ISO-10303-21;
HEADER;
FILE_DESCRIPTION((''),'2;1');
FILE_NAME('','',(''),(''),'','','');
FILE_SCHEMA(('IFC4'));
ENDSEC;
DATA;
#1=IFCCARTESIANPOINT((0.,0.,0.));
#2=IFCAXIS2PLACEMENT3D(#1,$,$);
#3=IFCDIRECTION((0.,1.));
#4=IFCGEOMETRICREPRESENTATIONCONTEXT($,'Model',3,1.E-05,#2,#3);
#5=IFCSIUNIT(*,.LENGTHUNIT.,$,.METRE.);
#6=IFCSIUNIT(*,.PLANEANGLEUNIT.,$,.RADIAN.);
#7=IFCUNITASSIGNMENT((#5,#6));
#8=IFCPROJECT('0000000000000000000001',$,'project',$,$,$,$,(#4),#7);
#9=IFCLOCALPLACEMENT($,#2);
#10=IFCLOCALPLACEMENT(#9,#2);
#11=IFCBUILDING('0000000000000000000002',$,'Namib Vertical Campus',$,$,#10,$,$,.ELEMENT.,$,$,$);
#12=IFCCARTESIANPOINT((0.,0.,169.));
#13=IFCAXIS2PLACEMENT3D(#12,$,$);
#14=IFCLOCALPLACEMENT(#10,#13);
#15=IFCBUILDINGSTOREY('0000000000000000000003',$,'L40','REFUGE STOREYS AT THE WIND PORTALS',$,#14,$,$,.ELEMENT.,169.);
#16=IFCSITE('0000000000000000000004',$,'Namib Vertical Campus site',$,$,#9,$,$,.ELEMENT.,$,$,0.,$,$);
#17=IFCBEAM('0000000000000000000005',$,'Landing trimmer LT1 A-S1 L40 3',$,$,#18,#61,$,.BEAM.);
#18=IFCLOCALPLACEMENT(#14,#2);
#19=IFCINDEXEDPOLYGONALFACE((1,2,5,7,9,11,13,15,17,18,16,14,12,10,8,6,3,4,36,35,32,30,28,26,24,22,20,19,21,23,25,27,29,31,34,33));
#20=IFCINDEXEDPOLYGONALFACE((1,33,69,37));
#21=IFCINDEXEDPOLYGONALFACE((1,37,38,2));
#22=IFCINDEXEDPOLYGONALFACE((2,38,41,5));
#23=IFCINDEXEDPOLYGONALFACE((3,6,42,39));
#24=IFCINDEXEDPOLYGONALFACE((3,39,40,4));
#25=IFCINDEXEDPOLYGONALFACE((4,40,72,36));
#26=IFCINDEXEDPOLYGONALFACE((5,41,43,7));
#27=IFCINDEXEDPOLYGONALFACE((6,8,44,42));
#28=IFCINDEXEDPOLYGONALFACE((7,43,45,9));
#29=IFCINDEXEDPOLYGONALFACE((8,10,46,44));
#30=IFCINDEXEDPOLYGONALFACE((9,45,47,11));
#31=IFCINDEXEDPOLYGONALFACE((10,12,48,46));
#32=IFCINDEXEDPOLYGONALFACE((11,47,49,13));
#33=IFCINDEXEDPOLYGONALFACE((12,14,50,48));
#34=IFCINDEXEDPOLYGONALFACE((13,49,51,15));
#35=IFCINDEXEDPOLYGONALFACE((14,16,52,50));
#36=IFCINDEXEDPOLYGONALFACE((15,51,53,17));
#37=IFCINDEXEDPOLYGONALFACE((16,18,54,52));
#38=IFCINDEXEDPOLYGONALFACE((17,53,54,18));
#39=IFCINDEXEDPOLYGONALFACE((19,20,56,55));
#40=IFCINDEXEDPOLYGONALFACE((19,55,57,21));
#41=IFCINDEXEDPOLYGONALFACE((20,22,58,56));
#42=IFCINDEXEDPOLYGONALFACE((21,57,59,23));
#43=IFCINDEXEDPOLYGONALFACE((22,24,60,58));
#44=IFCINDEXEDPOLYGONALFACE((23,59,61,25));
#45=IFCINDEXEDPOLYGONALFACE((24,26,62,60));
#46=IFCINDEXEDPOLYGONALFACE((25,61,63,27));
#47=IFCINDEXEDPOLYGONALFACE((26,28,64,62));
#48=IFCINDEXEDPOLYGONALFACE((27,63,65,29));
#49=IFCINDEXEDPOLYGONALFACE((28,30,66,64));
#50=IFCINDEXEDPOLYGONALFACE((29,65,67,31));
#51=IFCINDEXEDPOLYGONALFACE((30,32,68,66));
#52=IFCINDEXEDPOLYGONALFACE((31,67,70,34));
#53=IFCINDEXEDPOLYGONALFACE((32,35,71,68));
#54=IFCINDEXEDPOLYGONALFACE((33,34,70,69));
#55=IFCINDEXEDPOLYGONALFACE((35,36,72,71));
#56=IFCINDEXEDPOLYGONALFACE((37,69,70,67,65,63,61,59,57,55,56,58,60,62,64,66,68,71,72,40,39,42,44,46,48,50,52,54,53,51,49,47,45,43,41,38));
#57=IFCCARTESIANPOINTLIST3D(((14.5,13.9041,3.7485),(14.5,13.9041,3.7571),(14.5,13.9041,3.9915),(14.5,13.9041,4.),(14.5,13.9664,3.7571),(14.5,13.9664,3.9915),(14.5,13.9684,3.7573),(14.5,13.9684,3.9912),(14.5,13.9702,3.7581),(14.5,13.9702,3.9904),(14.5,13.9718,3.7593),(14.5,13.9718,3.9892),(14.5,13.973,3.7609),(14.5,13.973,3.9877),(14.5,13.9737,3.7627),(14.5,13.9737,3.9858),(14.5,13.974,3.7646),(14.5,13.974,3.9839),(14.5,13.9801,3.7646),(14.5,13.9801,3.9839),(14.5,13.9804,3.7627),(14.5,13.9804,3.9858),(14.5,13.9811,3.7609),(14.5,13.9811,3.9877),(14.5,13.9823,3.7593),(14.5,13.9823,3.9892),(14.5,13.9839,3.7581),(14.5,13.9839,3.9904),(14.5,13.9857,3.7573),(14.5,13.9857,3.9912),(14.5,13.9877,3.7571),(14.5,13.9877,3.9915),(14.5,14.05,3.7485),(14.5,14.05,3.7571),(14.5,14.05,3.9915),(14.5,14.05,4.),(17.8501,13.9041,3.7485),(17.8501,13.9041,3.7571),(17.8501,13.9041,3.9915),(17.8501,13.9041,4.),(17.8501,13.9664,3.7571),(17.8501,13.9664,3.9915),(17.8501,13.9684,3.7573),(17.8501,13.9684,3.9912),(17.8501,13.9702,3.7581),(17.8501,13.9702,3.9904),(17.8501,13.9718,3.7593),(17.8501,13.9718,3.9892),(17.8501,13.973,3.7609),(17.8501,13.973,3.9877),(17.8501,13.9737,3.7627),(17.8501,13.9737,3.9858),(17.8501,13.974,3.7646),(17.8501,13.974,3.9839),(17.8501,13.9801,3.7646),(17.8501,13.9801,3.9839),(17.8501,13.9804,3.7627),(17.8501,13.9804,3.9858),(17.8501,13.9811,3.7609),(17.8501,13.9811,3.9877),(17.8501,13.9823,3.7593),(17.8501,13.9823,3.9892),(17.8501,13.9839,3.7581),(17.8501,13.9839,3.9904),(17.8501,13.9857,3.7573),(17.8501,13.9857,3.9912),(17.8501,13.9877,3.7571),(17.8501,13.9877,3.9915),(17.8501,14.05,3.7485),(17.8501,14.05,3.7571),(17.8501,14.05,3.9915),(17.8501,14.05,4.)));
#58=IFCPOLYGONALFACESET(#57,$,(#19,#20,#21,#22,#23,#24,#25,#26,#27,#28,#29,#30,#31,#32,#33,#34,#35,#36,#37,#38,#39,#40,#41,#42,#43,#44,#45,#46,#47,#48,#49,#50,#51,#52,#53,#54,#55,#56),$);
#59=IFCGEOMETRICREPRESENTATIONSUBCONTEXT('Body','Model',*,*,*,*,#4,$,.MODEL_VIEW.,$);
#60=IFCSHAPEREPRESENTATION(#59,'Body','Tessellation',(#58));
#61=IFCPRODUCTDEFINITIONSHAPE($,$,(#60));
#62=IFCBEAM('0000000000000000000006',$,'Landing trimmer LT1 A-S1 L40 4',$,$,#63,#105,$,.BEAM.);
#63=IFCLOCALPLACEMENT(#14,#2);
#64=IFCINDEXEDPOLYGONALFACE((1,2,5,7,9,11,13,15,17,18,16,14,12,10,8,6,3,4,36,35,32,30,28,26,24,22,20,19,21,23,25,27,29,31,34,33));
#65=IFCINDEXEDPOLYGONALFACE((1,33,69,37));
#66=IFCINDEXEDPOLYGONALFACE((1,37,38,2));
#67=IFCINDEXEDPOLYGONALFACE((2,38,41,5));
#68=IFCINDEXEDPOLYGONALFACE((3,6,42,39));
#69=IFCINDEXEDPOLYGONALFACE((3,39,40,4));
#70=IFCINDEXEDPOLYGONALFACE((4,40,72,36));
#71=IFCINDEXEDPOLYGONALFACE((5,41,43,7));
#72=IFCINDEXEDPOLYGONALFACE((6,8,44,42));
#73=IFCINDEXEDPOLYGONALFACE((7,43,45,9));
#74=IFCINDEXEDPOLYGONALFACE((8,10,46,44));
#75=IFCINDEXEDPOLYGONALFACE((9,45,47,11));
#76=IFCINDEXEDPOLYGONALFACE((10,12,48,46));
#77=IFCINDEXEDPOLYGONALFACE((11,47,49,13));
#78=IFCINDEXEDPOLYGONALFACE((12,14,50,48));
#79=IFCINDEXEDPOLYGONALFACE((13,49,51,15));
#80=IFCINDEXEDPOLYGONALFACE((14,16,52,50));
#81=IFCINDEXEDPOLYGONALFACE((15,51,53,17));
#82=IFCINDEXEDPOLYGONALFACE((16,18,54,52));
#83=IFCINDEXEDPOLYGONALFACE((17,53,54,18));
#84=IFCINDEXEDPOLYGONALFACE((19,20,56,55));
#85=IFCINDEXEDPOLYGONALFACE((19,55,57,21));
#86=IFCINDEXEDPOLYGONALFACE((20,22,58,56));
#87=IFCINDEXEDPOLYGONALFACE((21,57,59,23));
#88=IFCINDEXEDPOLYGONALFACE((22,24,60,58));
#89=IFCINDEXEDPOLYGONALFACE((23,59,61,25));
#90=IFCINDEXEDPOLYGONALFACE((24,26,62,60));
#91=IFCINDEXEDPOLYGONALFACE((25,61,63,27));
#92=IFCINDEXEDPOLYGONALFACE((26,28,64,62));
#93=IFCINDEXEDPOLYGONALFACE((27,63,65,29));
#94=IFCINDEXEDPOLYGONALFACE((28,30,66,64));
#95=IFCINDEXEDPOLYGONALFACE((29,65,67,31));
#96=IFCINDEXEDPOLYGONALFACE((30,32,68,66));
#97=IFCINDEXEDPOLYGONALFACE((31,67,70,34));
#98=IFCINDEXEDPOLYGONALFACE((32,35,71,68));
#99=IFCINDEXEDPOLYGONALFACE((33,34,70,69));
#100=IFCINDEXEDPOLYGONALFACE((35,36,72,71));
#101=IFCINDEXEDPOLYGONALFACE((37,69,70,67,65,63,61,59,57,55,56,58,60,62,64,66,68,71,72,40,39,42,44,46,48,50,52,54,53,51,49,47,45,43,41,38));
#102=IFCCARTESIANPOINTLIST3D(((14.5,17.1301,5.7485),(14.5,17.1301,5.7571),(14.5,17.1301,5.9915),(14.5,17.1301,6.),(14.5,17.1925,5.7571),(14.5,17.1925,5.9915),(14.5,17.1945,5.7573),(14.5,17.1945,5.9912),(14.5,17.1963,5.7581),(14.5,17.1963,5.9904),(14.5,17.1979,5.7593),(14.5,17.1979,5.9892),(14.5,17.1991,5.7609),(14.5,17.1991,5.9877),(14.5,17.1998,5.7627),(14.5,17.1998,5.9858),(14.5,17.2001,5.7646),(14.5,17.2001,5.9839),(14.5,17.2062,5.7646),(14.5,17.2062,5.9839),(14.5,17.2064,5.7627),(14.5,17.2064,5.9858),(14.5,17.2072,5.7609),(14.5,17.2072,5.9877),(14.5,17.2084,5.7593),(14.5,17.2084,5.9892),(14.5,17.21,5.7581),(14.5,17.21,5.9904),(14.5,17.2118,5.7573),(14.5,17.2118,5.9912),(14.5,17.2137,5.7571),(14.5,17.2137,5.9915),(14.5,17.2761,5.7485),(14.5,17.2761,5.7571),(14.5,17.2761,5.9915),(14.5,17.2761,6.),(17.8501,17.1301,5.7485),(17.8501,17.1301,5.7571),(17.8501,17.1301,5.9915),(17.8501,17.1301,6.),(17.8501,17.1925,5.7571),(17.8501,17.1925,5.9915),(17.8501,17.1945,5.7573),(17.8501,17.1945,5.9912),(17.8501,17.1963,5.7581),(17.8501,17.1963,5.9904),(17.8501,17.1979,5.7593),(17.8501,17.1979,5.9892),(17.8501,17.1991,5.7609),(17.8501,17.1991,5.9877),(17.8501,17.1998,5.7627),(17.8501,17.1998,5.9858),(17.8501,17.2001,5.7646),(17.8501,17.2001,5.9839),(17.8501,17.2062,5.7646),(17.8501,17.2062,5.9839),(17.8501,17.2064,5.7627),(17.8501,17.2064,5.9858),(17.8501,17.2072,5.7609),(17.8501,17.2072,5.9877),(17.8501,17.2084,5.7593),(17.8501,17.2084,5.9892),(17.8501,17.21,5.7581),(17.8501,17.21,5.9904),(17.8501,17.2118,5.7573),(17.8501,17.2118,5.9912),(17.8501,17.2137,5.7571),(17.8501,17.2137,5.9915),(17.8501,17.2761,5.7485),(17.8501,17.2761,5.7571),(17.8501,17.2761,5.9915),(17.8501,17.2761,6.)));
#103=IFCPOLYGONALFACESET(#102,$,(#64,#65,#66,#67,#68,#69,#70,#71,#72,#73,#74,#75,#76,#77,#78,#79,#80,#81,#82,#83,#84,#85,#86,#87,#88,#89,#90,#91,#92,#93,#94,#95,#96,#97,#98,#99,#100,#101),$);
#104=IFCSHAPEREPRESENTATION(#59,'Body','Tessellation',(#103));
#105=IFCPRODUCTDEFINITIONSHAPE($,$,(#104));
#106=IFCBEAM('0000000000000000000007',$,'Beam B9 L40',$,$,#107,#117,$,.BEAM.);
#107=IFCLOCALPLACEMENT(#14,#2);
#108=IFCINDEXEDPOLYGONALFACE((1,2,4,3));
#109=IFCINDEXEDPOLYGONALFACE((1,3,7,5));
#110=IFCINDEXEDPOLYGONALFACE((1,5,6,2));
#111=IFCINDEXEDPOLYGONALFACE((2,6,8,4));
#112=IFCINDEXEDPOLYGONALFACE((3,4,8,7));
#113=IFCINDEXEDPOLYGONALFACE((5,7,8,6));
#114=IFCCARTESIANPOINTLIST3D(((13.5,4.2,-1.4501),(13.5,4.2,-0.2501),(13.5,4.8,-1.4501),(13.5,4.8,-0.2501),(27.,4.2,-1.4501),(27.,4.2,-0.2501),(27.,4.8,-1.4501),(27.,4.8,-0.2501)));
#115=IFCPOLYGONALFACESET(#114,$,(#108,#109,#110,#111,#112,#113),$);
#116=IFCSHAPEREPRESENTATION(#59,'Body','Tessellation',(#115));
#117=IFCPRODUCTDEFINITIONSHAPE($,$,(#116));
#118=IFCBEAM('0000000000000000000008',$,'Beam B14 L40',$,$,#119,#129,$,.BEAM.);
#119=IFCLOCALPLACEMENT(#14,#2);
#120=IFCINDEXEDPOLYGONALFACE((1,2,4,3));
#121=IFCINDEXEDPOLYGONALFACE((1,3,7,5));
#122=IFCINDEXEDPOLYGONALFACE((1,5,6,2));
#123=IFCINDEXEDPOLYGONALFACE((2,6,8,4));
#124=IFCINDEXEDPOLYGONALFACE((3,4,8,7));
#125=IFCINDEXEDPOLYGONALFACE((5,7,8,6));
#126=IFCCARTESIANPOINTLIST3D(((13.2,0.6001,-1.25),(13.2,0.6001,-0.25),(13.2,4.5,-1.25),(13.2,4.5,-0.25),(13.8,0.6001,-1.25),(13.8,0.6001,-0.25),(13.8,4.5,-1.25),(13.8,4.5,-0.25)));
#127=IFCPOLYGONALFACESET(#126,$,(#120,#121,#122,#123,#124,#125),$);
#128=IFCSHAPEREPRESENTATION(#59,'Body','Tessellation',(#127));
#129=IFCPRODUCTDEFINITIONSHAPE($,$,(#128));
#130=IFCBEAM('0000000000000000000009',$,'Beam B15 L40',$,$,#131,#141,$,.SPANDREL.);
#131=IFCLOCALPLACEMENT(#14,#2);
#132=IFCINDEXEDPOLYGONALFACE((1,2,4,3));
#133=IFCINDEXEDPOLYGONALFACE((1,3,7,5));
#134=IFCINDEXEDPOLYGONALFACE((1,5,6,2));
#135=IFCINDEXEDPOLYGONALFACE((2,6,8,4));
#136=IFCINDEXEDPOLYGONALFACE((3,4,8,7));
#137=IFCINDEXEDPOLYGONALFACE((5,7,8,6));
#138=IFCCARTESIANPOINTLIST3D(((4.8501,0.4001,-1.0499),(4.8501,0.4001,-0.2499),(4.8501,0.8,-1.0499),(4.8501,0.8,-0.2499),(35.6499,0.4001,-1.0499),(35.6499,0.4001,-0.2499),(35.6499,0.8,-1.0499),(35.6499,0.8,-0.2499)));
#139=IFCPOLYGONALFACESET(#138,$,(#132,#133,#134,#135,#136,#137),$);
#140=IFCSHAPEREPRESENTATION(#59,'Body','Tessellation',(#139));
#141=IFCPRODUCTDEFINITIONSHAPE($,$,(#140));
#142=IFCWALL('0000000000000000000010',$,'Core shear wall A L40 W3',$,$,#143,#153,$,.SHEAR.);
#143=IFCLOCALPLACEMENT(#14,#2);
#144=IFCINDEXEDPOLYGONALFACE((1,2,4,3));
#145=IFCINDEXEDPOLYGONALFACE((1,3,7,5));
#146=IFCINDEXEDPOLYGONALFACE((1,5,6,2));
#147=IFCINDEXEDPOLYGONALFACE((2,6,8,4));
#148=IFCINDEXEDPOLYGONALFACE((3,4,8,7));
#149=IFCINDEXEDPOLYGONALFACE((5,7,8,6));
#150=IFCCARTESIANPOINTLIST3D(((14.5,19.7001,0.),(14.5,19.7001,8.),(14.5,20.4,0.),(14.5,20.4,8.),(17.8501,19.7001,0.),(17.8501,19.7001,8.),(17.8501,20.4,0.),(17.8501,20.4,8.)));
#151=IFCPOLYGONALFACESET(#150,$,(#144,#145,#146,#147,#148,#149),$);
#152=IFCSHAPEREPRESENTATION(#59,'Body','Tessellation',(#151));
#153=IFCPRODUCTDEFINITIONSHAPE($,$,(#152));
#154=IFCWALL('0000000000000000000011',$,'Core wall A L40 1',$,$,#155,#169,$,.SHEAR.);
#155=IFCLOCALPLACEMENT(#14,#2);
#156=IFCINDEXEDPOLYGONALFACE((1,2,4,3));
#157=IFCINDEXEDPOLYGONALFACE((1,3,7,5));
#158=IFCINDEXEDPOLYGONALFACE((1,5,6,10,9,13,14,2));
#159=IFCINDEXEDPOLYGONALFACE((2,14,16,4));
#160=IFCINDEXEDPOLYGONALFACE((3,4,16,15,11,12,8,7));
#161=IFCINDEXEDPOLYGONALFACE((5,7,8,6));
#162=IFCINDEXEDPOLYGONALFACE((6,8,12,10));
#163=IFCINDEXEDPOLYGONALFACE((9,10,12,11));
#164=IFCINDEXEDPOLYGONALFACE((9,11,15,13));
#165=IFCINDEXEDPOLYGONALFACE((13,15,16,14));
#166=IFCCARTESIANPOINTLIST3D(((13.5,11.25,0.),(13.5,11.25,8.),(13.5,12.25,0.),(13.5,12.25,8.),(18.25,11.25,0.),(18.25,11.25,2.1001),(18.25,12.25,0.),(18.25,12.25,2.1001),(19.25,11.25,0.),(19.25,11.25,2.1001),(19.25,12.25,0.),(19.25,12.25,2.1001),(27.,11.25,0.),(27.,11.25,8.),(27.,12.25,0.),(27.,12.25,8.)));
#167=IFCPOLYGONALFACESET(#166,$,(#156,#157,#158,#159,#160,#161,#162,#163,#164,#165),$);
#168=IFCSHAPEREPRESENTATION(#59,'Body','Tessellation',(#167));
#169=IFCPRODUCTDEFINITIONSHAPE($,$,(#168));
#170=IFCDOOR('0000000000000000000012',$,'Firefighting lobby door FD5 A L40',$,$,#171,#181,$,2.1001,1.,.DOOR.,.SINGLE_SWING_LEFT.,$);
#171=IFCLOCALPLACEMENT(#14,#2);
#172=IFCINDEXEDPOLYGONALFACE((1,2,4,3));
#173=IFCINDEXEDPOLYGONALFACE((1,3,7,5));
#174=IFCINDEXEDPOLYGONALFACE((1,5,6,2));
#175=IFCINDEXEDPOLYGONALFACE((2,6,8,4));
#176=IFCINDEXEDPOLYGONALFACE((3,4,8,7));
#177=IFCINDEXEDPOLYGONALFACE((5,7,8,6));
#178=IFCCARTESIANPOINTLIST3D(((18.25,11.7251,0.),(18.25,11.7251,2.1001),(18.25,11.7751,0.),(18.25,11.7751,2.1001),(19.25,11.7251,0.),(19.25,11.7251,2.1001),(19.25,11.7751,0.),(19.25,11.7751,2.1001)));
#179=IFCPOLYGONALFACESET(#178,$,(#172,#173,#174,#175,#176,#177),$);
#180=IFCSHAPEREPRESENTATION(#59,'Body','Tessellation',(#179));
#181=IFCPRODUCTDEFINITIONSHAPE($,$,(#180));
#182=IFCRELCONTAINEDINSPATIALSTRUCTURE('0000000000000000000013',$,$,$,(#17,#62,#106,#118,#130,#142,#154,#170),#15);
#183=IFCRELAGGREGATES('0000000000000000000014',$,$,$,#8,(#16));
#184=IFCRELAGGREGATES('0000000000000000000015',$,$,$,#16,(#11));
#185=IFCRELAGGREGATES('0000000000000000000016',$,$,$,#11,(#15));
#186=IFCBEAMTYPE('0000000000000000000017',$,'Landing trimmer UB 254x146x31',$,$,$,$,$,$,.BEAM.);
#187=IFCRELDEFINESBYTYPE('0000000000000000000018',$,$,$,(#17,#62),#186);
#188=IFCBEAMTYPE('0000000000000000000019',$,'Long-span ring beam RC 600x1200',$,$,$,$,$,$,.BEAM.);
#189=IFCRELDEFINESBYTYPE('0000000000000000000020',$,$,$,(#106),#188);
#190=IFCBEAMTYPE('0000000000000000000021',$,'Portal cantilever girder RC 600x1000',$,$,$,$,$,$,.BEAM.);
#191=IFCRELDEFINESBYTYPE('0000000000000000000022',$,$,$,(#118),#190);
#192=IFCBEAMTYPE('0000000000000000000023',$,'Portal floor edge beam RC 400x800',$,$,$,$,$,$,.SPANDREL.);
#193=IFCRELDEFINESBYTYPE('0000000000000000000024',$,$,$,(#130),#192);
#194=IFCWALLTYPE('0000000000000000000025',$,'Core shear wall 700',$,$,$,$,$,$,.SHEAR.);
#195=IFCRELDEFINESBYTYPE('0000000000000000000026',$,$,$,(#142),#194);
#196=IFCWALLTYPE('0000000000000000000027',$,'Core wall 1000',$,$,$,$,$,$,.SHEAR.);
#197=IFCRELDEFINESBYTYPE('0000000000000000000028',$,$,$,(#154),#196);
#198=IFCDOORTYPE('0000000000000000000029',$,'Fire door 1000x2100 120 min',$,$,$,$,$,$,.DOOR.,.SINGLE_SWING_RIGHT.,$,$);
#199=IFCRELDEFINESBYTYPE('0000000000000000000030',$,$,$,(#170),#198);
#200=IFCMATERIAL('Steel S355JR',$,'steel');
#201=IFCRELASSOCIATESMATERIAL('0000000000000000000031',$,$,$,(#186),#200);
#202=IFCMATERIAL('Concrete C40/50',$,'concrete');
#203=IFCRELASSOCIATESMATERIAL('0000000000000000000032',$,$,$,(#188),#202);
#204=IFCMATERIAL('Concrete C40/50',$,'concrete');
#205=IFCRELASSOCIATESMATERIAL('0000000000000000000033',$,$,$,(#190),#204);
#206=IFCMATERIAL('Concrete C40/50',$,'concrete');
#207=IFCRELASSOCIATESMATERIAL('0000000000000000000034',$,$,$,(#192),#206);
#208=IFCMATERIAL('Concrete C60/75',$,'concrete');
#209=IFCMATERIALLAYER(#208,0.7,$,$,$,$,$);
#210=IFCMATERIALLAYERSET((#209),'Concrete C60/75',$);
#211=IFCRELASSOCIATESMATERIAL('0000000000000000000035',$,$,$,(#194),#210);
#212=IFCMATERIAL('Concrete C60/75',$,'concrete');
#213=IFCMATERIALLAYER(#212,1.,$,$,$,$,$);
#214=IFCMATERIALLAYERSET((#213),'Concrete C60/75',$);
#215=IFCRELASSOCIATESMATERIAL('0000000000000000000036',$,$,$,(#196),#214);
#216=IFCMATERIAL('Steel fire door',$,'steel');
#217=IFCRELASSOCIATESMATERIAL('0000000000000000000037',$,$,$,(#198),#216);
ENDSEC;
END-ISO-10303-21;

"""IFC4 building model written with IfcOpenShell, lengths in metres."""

from ifc_helpers import new_model, si_unit, direction, frame, frame_2d, origin, origin_2d, place, context, subcontext, project, spatial, rectangle, i_section, extrude, material, layer, layer_set, material_profile, profile_set, type_object, element, fill, save


model = new_model("IFC4")

# Units and contexts
model_context = context("Model", 3, precision=1e-05, world=origin(), true_north=direction((0.0, 1.0)))
body_context = subcontext(model_context, "Body", "Model", "MODEL_VIEW")
ifc_project = project(units=[si_unit("LENGTHUNIT", "METRE"), si_unit("PLANEANGLEUNIT", "RADIAN")], contexts=[model_context])

# Site, building, storey
site_placement = place(None, origin())
site = spatial("IfcSite", under=ifc_project, at=site_placement, Name="Namib Vertical Campus site", CompositionType="ELEMENT", RefElevation=0.0)
building_placement = place(site_placement, origin())
building = spatial("IfcBuilding", under=site, at=building_placement, Name="Namib Vertical Campus", CompositionType="ELEMENT")
storey_placement = place(building_placement, frame((0.0, 0.0, 169.0)))
storey = spatial("IfcBuildingStorey", under=building, at=storey_placement, Name="L40", Description="REFUGE STOREYS AT THE WIND PORTALS", CompositionType="ELEMENT", Elevation=169.0)

# Beams
ifc_material_1 = material(Name="Steel S355JR", Category="steel")
ifc_material_profile_1 = material_profile(ifc_material_1, i_section(OverallWidth=0.146, OverallDepth=0.2515, WebThickness=0.0061, FlangeThickness=0.0085, FilletRadius=0.0076, at=origin_2d()))
ifc_profile_set_1 = profile_set([ifc_material_profile_1], Name="Steel S355JR")
beam_type_1 = type_object("IfcBeamType", Name="Landing trimmer UB 254x146x31", PredefinedType="BEAM", material=ifc_profile_set_1)
for number, where, z_axis, x_axis, name in (
    (1, (14.5, 13.9771, 3.8743), (1.0, 0.0, 0.0), (0.0, 1.0, 0.0), "Landing trimmer LT1 A-S1 L40 3"),
    (2, (14.5, 17.2031, 5.8743), (1.0, 0.0, 0.0), (0.0, 1.0, 0.0), "Landing trimmer LT1 A-S1 L40 4"),
):
    element("IfcBeam", number, at=place(storey_placement, frame(where, z_axis=z_axis, x_axis=x_axis)), inside=storey, type_object=beam_type_1, Name=name, PredefinedType="BEAM", context=body_context, shape_type="SweptSolid", body=[
        extrude(i_section(OverallWidth=0.146, OverallDepth=0.2515, WebThickness=0.0061, FlangeThickness=0.0085, FilletRadius=0.0076, at=origin_2d()), origin(), (0.0, 0.0, 1.0), 3.3501),
    ])
ifc_material_2 = material(Name="Concrete C40/50", Category="concrete")
ifc_material_profile_2 = material_profile(ifc_material_2, rectangle(XDim=0.6001, YDim=1.2, at=origin_2d()))
ifc_profile_set_2 = profile_set([ifc_material_profile_2], Name="Concrete C40/50")
beam_type_2 = type_object("IfcBeamType", Name="Long-span ring beam RC 600x1200", PredefinedType="BEAM", material=ifc_profile_set_2)
beam_1_placement = place(storey_placement, frame((13.5, 4.5, -0.8501), z_axis=(1.0, 0.0, 0.0), x_axis=(0.0, 1.0, 0.0)))
element("IfcBeam", 3, at=beam_1_placement, inside=storey, type_object=beam_type_2, Name="Beam B9 L40", PredefinedType="BEAM", context=body_context, shape_type="SweptSolid", body=[
    extrude(rectangle(XDim=0.6001, YDim=1.2, at=origin_2d()), origin(), (0.0, 0.0, 1.0), 13.5),
])
ifc_material_3 = material(Name="Concrete C40/50", Category="concrete")
ifc_material_profile_3 = material_profile(ifc_material_3, rectangle(XDim=0.6001, YDim=1.0, at=origin_2d()))
ifc_profile_set_3 = profile_set([ifc_material_profile_3], Name="Concrete C40/50")
beam_type_3 = type_object("IfcBeamType", Name="Portal cantilever girder RC 600x1000", PredefinedType="BEAM", material=ifc_profile_set_3)
beam_2_placement = place(storey_placement, frame((13.5, 4.5, -0.75), z_axis=(0.0, -1.0, 0.0), x_axis=(1.0, 0.0, 0.0)))
element("IfcBeam", 4, at=beam_2_placement, inside=storey, type_object=beam_type_3, Name="Beam B14 L40", PredefinedType="BEAM", context=body_context, shape_type="SweptSolid", body=[
    extrude(rectangle(XDim=0.6001, YDim=1.0, at=origin_2d()), origin(), (0.0, 0.0, 1.0), 3.8999),
])
ifc_material_4 = material(Name="Concrete C40/50", Category="concrete")
ifc_material_profile_4 = material_profile(ifc_material_4, rectangle(XDim=0.3999, YDim=0.8, at=origin_2d()))
ifc_profile_set_4 = profile_set([ifc_material_profile_4], Name="Concrete C40/50")
beam_type_4 = type_object("IfcBeamType", Name="Portal floor edge beam RC 400x800", PredefinedType="SPANDREL", material=ifc_profile_set_4)
beam_3_placement = place(storey_placement, frame((4.8501, 0.6001, -0.6499), z_axis=(1.0, 0.0, 0.0), x_axis=(0.0, 1.0, 0.0)))
element("IfcBeam", 5, at=beam_3_placement, inside=storey, type_object=beam_type_4, Name="Beam B15 L40", PredefinedType="SPANDREL", context=body_context, shape_type="SweptSolid", body=[
    extrude(rectangle(XDim=0.3999, YDim=0.8, at=origin_2d()), origin(), (0.0, 0.0, 1.0), 30.7998),
])

# Wall
ifc_material_5 = material(Name="Concrete C60/75", Category="concrete")
ifc_layer_1 = layer(ifc_material_5, 0.7)
ifc_layer_set_1 = layer_set([ifc_layer_1], Name="Concrete C60/75")
wall_type_1 = type_object("IfcWallType", Name="Core shear wall 700", PredefinedType="SHEAR", material=ifc_layer_set_1)
wall_1_placement = place(storey_placement, frame((14.5, 20.05, 0.0), z_axis=(0.0, 0.0, 1.0), x_axis=(1.0, 0.0, 0.0)))
element("IfcWall", 6, at=wall_1_placement, inside=storey, type_object=wall_type_1, Name="Core shear wall A L40 W3", PredefinedType="SHEAR", context=body_context, shape_type="SweptSolid", body=[
    extrude(rectangle(XDim=3.3501, YDim=0.7, at=frame_2d((1.675, 0.0))), origin(), (0.0, 0.0, 1.0), 8.0),
])

# Wall, opening, door
ifc_material_6 = material(Name="Concrete C60/75", Category="concrete")
ifc_layer_2 = layer(ifc_material_6, 1.0)
ifc_layer_set_2 = layer_set([ifc_layer_2], Name="Concrete C60/75")
wall_type_2 = type_object("IfcWallType", Name="Core wall 1000", PredefinedType="SHEAR", material=ifc_layer_set_2)
wall_2_placement = place(storey_placement, frame((13.5, 11.75, 0.0), z_axis=(0.0, 0.0, 1.0), x_axis=(1.0, 0.0, 0.0)))
wall_2 = element("IfcWall", 7, at=wall_2_placement, inside=storey, type_object=wall_type_2, Name="Core wall A L40 1", PredefinedType="SHEAR", context=body_context, shape_type="SweptSolid", body=[
    extrude(rectangle(XDim=13.5, YDim=1.0, at=frame_2d((6.75, 0.0))), origin(), (0.0, 0.0, 1.0), 8.0),
])
opening_1_placement = place(wall_2_placement, frame((4.75, 0.0, 0.0)))
opening_1 = element("IfcOpeningElement", 8, at=opening_1_placement, cuts=wall_2, PredefinedType="OPENING", context=body_context, shape_type="SweptSolid", body=[
    extrude(rectangle(XDim=1.0, YDim=2.1001, at=frame_2d((0.5, 1.05))), frame((0.0, 0.51, 0.0), z_axis=(0.0, -1.0, 0.0), x_axis=(1.0, 0.0, 0.0)), (0.0, 0.0, 1.0), 1.02),
])
ifc_material_7 = material(Name="Steel fire door", Category="steel")
door_type_1 = type_object("IfcDoorType", Name="Fire door 1000x2100 120 min", OperationType="SINGLE_SWING_RIGHT", PredefinedType="DOOR", material=ifc_material_7)
door_1_placement = place(opening_1_placement, frame((1.0, 0.0, 0.0), z_axis=(0.0, 0.0, 1.0), x_axis=(-1.0, 0.0, 0.0)))
door_1 = element("IfcDoor", 9, at=door_1_placement, inside=storey, type_object=door_type_1, Name="Firefighting lobby door FD5 A L40", OperationType="SINGLE_SWING_LEFT", OverallHeight=2.1001, OverallWidth=1.0, PredefinedType="DOOR", context=body_context, shape_type="SweptSolid", body=[
    extrude(rectangle(XDim=1.0, YDim=2.1001, at=frame_2d((0.5, 1.05))), frame((0.0, 0.0249, 0.0), z_axis=(0.0, -1.0, 0.0), x_axis=(1.0, 0.0, 0.0)), (0.0, 0.0, 1.0), 0.05),
])
fill(opening_1, door_1)

save(model, "model.ifc")
